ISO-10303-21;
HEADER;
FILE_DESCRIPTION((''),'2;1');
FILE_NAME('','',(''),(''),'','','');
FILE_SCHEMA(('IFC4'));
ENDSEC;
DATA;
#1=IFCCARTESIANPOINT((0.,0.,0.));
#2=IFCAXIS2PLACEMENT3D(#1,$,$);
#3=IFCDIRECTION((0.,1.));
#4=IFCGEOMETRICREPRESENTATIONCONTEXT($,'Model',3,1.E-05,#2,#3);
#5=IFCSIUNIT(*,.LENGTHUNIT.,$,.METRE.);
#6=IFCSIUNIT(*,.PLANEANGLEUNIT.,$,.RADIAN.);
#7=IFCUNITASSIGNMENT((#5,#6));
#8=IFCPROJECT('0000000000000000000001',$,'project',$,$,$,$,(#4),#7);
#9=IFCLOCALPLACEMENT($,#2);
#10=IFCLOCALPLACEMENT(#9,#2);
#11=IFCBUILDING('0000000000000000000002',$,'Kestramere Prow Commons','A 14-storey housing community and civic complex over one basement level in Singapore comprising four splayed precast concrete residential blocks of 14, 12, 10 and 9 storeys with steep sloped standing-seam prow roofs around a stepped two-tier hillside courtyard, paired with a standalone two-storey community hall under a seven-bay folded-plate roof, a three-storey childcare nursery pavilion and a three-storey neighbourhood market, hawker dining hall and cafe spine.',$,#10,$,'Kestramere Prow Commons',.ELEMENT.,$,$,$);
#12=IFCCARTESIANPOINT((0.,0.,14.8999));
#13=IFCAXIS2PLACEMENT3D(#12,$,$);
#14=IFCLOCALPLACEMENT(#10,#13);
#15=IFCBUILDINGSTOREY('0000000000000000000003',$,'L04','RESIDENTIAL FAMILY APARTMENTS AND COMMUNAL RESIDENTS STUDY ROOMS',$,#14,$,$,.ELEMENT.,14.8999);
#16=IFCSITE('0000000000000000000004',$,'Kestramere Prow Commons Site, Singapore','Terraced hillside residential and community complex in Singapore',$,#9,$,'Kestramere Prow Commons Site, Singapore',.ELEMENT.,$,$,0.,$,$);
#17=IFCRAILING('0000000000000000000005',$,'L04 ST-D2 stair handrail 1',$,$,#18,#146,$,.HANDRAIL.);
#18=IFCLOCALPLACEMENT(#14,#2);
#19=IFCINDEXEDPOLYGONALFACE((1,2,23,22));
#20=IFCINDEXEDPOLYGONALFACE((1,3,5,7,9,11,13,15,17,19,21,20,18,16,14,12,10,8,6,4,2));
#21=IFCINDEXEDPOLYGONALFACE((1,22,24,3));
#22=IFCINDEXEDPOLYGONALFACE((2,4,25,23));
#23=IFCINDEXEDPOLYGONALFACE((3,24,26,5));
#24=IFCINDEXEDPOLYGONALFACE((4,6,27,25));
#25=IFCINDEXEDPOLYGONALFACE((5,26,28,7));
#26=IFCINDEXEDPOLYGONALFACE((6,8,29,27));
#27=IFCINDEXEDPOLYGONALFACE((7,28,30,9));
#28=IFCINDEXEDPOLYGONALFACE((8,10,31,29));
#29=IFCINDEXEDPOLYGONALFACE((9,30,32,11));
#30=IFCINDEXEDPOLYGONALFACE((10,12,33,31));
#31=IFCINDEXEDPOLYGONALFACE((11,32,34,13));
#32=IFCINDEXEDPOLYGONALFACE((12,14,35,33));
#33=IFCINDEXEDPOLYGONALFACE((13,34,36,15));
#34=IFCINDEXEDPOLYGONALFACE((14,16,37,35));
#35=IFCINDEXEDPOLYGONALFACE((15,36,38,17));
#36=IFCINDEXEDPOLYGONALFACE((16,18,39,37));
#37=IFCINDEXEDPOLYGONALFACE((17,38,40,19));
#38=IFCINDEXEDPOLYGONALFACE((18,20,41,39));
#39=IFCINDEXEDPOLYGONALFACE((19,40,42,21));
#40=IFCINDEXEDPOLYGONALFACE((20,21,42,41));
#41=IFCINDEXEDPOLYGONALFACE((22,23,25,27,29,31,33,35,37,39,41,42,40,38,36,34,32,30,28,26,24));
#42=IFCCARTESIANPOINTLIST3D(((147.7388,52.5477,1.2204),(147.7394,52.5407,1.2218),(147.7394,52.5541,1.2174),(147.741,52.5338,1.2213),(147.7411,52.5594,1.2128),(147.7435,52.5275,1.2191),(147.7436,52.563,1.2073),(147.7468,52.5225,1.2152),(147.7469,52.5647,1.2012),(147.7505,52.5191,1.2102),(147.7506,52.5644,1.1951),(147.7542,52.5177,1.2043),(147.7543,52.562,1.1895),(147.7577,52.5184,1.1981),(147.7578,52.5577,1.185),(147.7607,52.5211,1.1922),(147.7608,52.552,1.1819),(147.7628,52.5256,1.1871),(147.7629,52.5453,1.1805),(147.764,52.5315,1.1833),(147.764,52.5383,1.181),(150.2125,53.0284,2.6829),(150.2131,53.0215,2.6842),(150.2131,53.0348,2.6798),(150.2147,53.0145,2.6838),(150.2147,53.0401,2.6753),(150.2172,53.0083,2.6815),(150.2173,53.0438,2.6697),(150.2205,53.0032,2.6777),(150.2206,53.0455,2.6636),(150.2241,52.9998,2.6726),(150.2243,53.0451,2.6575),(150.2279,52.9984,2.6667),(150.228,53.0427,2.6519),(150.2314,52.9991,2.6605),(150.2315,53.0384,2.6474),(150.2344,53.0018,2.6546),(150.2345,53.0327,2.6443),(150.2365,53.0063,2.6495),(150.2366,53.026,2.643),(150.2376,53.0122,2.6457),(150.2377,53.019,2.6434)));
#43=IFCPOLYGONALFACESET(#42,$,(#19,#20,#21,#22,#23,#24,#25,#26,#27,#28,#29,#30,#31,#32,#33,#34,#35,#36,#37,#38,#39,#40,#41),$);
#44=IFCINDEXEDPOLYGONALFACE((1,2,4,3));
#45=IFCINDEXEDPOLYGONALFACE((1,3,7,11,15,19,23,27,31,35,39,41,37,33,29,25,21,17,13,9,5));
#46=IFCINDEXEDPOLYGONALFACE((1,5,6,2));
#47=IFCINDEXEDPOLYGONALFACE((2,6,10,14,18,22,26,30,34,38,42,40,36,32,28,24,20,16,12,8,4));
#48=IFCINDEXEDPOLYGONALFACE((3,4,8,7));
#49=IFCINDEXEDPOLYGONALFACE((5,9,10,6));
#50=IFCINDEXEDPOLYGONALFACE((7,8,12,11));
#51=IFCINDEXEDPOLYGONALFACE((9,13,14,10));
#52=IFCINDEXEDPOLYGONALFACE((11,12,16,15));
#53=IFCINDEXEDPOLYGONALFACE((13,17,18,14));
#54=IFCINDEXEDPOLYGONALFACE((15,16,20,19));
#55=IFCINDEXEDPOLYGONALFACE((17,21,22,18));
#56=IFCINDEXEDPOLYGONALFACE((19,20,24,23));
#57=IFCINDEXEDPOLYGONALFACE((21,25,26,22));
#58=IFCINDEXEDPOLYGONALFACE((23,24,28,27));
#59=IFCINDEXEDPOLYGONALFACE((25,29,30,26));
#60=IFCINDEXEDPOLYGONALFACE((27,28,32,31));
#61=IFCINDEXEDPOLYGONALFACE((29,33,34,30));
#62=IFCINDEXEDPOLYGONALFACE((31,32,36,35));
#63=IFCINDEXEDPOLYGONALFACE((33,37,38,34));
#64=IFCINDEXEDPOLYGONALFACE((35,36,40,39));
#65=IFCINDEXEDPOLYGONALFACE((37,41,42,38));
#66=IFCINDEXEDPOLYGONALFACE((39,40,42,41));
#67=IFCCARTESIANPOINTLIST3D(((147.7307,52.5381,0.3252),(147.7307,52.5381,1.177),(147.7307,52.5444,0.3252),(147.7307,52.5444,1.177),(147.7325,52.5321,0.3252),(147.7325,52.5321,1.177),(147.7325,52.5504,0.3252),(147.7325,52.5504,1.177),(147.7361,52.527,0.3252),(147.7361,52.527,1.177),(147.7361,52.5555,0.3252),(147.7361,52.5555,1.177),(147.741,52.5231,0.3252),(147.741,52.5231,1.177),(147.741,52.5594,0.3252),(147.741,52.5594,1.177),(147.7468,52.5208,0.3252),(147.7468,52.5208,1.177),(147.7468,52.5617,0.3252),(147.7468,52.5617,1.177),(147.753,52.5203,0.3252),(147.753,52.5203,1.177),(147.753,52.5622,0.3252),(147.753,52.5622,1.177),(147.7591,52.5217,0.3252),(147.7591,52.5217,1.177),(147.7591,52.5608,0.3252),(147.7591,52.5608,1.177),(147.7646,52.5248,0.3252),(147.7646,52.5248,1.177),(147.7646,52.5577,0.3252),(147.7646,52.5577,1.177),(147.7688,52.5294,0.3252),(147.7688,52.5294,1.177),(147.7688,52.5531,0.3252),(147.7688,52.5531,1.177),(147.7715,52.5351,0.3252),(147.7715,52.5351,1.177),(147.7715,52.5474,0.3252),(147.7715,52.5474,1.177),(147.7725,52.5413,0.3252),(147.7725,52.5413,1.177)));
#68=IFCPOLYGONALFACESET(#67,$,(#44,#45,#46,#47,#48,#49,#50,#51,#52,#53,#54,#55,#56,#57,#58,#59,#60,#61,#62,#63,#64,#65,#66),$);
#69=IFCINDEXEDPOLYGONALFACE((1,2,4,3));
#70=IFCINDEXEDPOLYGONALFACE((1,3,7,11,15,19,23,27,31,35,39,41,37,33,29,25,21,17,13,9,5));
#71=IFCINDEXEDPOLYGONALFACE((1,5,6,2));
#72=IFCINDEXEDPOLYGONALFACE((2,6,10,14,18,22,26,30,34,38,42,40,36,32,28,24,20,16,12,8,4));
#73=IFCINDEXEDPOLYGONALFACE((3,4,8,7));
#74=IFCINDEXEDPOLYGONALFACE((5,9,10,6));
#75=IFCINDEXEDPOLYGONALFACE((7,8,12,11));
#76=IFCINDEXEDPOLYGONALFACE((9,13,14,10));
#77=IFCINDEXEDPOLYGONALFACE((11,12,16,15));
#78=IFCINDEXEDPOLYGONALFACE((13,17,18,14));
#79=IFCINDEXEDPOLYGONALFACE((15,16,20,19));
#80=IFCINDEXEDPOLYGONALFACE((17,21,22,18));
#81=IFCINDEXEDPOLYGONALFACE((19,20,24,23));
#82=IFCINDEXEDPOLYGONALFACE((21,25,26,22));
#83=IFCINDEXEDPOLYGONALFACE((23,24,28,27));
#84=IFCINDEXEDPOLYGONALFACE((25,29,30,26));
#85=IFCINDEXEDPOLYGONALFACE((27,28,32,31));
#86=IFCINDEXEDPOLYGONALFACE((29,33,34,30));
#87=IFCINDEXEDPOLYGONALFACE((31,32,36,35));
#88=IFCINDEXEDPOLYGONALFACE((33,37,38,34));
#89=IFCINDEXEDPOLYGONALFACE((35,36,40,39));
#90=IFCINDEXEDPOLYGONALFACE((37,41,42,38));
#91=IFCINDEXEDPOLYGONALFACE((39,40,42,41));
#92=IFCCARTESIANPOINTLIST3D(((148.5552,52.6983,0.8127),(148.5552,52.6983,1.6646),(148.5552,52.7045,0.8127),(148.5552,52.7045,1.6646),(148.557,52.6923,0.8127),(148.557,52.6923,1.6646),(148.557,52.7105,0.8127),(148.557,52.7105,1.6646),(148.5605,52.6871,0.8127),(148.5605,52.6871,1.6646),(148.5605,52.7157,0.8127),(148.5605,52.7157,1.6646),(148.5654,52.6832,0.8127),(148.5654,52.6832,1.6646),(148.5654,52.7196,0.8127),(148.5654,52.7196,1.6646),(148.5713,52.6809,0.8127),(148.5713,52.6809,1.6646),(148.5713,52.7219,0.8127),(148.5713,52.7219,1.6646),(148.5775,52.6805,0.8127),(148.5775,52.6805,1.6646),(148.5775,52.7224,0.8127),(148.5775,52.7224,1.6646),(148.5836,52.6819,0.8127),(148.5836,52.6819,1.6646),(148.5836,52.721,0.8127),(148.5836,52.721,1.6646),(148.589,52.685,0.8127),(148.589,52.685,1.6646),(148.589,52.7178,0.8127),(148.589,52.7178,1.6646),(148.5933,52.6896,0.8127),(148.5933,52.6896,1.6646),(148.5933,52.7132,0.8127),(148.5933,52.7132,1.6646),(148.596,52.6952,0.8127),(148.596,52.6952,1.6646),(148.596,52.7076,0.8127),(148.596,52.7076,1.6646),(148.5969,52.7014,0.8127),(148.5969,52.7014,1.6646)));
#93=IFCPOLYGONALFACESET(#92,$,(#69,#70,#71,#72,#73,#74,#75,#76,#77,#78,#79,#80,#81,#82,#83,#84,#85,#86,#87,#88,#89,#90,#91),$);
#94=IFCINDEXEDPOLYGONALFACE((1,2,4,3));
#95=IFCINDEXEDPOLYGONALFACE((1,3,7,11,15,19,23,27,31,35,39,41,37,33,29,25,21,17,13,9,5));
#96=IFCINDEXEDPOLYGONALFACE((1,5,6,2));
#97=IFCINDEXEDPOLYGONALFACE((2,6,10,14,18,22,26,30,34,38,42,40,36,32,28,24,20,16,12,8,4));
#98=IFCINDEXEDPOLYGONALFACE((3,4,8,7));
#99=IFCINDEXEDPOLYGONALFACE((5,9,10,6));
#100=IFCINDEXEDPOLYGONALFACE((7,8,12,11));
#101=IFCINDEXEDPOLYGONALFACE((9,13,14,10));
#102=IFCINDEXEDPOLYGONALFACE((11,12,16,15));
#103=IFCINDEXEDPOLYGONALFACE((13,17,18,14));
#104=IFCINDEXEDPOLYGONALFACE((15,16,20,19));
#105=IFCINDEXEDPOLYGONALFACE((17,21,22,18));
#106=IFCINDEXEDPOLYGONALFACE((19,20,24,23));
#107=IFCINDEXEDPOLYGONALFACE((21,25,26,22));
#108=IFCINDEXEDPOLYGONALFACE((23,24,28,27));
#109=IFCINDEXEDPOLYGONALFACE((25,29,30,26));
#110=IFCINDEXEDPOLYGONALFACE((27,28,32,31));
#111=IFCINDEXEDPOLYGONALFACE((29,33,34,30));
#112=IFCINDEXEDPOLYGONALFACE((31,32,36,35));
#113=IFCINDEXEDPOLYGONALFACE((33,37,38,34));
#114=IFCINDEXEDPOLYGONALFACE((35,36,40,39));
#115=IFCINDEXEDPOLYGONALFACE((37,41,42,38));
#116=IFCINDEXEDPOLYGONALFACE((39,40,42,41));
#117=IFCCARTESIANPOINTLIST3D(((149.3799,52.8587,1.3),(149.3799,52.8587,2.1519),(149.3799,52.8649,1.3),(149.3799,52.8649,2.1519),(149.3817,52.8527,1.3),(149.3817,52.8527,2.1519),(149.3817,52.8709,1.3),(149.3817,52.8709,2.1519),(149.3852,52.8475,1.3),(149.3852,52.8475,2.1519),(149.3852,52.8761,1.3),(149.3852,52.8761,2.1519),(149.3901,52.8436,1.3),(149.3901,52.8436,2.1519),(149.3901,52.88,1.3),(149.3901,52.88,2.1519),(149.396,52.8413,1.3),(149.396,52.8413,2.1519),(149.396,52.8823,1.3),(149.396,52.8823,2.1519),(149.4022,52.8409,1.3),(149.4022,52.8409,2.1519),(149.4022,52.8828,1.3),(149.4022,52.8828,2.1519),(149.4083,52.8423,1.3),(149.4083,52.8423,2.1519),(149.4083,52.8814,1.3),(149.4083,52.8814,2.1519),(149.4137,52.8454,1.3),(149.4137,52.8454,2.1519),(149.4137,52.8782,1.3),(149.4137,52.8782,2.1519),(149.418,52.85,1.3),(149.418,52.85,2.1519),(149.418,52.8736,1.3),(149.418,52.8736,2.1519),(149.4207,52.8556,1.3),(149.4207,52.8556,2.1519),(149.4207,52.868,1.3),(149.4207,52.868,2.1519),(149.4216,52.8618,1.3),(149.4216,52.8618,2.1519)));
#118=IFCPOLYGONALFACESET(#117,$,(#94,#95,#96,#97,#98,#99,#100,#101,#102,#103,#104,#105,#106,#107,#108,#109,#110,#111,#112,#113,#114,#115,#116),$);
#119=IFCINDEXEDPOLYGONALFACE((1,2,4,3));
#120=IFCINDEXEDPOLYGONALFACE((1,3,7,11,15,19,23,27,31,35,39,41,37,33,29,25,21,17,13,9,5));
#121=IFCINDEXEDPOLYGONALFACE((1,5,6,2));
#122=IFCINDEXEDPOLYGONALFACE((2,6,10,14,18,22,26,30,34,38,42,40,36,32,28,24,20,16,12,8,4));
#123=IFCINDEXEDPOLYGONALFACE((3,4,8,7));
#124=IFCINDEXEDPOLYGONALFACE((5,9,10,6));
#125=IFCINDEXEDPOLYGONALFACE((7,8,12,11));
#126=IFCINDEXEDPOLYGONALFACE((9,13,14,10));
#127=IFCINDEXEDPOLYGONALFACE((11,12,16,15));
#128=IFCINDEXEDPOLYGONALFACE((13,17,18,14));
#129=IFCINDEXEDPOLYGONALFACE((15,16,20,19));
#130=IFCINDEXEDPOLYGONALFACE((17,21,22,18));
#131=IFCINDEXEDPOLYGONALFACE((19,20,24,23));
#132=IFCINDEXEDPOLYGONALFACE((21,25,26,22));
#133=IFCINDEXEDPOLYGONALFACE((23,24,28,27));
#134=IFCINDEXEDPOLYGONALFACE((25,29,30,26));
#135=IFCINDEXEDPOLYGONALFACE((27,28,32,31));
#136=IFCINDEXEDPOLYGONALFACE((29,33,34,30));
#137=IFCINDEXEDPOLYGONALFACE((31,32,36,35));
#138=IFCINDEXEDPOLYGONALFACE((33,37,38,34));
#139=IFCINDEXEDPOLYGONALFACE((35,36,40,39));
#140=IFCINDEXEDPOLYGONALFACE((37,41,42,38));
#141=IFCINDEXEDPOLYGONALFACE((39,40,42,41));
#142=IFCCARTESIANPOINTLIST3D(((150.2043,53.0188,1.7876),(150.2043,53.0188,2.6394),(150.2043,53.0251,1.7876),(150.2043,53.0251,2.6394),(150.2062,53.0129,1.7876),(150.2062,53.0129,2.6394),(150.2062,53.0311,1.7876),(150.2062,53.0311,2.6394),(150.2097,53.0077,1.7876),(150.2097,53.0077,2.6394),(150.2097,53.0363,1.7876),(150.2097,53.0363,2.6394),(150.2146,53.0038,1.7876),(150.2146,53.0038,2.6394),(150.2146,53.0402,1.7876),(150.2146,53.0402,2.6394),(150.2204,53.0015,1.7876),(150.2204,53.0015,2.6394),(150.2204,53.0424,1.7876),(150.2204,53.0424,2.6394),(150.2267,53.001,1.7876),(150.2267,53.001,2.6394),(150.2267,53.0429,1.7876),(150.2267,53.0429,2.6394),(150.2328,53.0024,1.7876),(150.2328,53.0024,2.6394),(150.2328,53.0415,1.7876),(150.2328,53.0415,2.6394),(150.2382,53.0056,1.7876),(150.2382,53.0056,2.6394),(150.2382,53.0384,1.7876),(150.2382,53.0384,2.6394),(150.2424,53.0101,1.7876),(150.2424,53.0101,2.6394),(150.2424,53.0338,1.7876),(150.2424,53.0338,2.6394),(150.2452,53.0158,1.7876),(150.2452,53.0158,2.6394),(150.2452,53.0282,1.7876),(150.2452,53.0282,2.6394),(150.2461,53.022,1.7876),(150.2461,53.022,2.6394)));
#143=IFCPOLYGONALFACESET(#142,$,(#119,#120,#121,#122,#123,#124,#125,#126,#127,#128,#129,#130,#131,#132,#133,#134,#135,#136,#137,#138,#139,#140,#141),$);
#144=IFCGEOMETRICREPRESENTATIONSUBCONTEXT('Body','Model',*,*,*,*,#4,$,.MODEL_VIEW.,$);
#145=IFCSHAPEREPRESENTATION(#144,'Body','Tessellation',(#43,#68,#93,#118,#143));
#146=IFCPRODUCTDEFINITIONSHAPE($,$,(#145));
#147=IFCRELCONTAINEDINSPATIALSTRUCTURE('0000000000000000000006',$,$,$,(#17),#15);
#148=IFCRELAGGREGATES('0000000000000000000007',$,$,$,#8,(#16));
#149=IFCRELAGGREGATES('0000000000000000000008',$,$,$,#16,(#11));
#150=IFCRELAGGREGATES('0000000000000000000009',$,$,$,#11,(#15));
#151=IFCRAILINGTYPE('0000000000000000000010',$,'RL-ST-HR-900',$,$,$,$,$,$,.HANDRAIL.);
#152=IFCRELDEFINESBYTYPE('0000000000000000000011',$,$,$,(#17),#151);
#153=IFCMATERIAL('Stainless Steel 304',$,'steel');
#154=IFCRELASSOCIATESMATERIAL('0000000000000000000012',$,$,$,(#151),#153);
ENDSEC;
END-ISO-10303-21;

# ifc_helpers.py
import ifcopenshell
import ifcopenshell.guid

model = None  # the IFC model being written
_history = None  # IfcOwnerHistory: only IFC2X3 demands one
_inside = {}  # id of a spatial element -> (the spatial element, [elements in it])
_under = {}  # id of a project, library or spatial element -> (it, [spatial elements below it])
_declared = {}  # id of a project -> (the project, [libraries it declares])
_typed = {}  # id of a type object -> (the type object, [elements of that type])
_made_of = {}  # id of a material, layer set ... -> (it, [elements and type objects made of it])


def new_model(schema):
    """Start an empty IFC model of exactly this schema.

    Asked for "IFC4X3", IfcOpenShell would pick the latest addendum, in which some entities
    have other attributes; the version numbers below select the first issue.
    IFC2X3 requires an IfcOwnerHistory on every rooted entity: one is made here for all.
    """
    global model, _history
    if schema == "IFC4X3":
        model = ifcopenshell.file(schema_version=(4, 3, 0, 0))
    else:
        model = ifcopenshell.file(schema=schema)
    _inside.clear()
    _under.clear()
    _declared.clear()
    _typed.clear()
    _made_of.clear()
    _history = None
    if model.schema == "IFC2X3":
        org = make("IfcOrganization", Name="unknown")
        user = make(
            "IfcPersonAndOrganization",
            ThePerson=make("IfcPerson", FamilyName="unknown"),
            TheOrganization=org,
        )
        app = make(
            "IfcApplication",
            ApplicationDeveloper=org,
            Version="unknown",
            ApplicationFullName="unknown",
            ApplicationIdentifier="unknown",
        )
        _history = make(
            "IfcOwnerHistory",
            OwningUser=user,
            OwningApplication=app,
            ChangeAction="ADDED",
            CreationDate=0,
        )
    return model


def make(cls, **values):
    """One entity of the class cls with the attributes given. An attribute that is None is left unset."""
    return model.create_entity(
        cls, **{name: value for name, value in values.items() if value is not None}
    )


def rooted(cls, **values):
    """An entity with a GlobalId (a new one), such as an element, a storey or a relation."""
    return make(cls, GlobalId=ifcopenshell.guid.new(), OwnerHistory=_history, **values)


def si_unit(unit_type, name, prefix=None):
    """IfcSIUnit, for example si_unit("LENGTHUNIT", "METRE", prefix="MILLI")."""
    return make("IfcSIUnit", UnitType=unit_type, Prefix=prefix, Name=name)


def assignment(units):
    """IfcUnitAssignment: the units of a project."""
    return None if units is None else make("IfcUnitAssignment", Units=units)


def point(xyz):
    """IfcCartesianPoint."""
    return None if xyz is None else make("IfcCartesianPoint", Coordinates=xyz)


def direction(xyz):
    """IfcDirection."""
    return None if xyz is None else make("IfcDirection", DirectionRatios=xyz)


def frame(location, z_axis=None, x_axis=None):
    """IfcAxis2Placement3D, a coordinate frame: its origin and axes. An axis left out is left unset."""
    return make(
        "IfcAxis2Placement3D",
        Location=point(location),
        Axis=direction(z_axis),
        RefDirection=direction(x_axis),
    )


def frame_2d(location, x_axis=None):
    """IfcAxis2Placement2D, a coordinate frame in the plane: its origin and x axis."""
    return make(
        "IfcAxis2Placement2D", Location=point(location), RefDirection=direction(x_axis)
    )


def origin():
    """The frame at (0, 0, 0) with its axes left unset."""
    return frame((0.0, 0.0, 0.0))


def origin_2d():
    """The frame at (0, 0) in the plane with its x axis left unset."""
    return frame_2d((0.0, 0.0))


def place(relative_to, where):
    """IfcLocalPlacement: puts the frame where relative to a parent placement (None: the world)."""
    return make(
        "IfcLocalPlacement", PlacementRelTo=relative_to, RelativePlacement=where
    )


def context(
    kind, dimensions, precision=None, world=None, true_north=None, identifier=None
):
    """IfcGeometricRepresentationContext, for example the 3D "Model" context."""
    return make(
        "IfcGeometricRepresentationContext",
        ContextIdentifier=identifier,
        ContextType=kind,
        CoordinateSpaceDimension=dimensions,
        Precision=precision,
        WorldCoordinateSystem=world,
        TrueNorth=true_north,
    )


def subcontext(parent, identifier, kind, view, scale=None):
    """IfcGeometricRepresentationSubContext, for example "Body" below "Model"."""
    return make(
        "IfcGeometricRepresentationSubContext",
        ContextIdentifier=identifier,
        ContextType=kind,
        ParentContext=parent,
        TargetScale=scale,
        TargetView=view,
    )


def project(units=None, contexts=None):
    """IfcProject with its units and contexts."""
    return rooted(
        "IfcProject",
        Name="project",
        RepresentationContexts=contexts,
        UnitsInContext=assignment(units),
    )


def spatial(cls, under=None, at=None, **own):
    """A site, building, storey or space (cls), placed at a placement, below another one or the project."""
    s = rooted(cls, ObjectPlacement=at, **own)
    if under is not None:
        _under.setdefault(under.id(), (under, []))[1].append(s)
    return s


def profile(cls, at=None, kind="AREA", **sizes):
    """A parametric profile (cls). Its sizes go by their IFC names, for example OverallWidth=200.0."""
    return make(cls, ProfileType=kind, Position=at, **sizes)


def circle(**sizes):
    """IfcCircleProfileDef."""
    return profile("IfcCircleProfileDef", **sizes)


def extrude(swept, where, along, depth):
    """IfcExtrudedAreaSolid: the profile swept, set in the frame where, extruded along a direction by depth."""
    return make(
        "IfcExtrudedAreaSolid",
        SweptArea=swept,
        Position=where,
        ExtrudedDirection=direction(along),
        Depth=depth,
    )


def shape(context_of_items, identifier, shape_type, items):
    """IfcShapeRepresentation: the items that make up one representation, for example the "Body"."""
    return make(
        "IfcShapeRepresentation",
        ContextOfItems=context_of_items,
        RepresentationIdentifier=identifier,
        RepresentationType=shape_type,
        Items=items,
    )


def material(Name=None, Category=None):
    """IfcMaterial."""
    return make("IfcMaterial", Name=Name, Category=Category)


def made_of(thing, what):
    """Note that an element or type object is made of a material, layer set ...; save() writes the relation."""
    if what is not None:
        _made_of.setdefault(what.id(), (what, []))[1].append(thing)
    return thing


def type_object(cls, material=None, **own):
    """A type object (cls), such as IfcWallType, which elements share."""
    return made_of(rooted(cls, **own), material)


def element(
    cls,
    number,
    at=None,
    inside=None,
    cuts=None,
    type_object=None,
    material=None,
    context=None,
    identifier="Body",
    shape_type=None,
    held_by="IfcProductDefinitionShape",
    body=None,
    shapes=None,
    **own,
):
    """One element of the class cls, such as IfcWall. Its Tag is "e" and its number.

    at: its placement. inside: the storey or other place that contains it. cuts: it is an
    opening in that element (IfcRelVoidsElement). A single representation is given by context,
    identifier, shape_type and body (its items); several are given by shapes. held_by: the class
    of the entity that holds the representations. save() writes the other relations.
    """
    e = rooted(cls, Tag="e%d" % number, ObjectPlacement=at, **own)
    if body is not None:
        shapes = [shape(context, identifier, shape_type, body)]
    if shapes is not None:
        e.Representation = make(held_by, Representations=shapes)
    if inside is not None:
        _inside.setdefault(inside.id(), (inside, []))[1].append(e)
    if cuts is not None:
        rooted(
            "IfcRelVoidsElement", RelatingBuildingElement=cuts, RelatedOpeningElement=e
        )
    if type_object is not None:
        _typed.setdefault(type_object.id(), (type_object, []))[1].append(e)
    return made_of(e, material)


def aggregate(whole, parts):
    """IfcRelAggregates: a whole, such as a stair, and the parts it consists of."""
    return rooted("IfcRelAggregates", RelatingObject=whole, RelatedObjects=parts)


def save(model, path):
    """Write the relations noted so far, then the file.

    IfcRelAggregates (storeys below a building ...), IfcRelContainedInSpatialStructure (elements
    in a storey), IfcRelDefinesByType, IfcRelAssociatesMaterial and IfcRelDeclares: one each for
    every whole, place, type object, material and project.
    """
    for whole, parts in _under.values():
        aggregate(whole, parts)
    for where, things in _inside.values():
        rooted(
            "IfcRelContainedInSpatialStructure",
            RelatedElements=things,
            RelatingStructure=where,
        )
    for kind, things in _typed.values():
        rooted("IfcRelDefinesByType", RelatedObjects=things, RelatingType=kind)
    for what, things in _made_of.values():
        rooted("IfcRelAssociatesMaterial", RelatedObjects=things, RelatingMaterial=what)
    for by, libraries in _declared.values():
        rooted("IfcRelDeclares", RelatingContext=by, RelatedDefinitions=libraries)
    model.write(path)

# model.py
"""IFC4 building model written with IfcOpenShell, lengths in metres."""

from ifc_helpers import new_model, si_unit, direction, frame, origin, origin_2d, place, context, subcontext, project, spatial, circle, extrude, material, type_object, element, save


model = new_model("IFC4")

# Units and contexts
model_context = context("Model", 3, precision=1e-05, world=origin(), true_north=direction((0.0, 1.0)))
body_context = subcontext(model_context, "Body", "Model", "MODEL_VIEW")
ifc_project = project(units=[si_unit("LENGTHUNIT", "METRE"), si_unit("PLANEANGLEUNIT", "RADIAN")], contexts=[model_context])

# Site, building, storey
site_placement = place(None, origin())
site = spatial("IfcSite", under=ifc_project, at=site_placement, Name="Kestramere Prow Commons Site, Singapore", Description="Terraced hillside residential and community complex in Singapore", LongName="Kestramere Prow Commons Site, Singapore", CompositionType="ELEMENT", RefElevation=0.0)
building_placement = place(site_placement, origin())
building = spatial("IfcBuilding", under=site, at=building_placement, Name="Kestramere Prow Commons", Description="A 14-storey housing community and civic complex over one basement level in Singapore comprising four splayed precast concrete residential blocks of 14, 12, 10 and 9 storeys with steep sloped standing-seam prow roofs around a stepped two-tier hillside courtyard, paired with a standalone two-storey community hall under a seven-bay folded-plate roof, a three-storey childcare nursery pavilion and a three-storey neighbourhood market, hawker dining hall and cafe spine.", LongName="Kestramere Prow Commons", CompositionType="ELEMENT")
storey_placement = place(building_placement, frame((0.0, 0.0, 14.8999)))
storey = spatial("IfcBuildingStorey", under=building, at=storey_placement, Name="L04", Description="RESIDENTIAL FAMILY APARTMENTS AND COMMUNAL RESIDENTS STUDY ROOMS", CompositionType="ELEMENT", Elevation=14.8999)

# Railing
ifc_material_1 = material(Name="Stainless Steel 304", Category="steel")
railing_type_1 = type_object("IfcRailingType", Name="RL-ST-HR-900", PredefinedType="HANDRAIL", material=ifc_material_1)
railing_1_placement = place(storey_placement, frame((147.7515, 52.5413, 0.3252)))
element("IfcRailing", 1, at=railing_1_placement, inside=storey, type_object=railing_type_1, Name="L04 ST-D2 stair handrail 1", PredefinedType="HANDRAIL", context=body_context, shape_type="SweptSolid", body=[
    extrude(circle(Radius=0.0239, at=origin_2d()), frame((0.0, 0.0, 0.876), z_axis=(0.84902, 0.164994, 0.501938), x_axis=(-0.190766, 0.981636, 0.0)), (0.0, 0.0, 1.0), 2.9136),
    extrude(circle(Radius=0.021, at=origin_2d()), origin(), (0.0, 0.0, 1.0), 0.8518),
    extrude(circle(Radius=0.021, at=origin_2d()), frame((0.8245, 0.1602, 0.4875)), (0.0, 0.0, 1.0), 0.8518),
    extrude(circle(Radius=0.021, at=origin_2d()), frame((1.6492, 0.3206, 0.9749)), (0.0, 0.0, 1.0), 0.8518),
    extrude(circle(Radius=0.021, at=origin_2d()), frame((2.4736, 0.4807, 1.4624)), (0.0, 0.0, 1.0), 0.8518),
])

save(model, "model.ifc")
